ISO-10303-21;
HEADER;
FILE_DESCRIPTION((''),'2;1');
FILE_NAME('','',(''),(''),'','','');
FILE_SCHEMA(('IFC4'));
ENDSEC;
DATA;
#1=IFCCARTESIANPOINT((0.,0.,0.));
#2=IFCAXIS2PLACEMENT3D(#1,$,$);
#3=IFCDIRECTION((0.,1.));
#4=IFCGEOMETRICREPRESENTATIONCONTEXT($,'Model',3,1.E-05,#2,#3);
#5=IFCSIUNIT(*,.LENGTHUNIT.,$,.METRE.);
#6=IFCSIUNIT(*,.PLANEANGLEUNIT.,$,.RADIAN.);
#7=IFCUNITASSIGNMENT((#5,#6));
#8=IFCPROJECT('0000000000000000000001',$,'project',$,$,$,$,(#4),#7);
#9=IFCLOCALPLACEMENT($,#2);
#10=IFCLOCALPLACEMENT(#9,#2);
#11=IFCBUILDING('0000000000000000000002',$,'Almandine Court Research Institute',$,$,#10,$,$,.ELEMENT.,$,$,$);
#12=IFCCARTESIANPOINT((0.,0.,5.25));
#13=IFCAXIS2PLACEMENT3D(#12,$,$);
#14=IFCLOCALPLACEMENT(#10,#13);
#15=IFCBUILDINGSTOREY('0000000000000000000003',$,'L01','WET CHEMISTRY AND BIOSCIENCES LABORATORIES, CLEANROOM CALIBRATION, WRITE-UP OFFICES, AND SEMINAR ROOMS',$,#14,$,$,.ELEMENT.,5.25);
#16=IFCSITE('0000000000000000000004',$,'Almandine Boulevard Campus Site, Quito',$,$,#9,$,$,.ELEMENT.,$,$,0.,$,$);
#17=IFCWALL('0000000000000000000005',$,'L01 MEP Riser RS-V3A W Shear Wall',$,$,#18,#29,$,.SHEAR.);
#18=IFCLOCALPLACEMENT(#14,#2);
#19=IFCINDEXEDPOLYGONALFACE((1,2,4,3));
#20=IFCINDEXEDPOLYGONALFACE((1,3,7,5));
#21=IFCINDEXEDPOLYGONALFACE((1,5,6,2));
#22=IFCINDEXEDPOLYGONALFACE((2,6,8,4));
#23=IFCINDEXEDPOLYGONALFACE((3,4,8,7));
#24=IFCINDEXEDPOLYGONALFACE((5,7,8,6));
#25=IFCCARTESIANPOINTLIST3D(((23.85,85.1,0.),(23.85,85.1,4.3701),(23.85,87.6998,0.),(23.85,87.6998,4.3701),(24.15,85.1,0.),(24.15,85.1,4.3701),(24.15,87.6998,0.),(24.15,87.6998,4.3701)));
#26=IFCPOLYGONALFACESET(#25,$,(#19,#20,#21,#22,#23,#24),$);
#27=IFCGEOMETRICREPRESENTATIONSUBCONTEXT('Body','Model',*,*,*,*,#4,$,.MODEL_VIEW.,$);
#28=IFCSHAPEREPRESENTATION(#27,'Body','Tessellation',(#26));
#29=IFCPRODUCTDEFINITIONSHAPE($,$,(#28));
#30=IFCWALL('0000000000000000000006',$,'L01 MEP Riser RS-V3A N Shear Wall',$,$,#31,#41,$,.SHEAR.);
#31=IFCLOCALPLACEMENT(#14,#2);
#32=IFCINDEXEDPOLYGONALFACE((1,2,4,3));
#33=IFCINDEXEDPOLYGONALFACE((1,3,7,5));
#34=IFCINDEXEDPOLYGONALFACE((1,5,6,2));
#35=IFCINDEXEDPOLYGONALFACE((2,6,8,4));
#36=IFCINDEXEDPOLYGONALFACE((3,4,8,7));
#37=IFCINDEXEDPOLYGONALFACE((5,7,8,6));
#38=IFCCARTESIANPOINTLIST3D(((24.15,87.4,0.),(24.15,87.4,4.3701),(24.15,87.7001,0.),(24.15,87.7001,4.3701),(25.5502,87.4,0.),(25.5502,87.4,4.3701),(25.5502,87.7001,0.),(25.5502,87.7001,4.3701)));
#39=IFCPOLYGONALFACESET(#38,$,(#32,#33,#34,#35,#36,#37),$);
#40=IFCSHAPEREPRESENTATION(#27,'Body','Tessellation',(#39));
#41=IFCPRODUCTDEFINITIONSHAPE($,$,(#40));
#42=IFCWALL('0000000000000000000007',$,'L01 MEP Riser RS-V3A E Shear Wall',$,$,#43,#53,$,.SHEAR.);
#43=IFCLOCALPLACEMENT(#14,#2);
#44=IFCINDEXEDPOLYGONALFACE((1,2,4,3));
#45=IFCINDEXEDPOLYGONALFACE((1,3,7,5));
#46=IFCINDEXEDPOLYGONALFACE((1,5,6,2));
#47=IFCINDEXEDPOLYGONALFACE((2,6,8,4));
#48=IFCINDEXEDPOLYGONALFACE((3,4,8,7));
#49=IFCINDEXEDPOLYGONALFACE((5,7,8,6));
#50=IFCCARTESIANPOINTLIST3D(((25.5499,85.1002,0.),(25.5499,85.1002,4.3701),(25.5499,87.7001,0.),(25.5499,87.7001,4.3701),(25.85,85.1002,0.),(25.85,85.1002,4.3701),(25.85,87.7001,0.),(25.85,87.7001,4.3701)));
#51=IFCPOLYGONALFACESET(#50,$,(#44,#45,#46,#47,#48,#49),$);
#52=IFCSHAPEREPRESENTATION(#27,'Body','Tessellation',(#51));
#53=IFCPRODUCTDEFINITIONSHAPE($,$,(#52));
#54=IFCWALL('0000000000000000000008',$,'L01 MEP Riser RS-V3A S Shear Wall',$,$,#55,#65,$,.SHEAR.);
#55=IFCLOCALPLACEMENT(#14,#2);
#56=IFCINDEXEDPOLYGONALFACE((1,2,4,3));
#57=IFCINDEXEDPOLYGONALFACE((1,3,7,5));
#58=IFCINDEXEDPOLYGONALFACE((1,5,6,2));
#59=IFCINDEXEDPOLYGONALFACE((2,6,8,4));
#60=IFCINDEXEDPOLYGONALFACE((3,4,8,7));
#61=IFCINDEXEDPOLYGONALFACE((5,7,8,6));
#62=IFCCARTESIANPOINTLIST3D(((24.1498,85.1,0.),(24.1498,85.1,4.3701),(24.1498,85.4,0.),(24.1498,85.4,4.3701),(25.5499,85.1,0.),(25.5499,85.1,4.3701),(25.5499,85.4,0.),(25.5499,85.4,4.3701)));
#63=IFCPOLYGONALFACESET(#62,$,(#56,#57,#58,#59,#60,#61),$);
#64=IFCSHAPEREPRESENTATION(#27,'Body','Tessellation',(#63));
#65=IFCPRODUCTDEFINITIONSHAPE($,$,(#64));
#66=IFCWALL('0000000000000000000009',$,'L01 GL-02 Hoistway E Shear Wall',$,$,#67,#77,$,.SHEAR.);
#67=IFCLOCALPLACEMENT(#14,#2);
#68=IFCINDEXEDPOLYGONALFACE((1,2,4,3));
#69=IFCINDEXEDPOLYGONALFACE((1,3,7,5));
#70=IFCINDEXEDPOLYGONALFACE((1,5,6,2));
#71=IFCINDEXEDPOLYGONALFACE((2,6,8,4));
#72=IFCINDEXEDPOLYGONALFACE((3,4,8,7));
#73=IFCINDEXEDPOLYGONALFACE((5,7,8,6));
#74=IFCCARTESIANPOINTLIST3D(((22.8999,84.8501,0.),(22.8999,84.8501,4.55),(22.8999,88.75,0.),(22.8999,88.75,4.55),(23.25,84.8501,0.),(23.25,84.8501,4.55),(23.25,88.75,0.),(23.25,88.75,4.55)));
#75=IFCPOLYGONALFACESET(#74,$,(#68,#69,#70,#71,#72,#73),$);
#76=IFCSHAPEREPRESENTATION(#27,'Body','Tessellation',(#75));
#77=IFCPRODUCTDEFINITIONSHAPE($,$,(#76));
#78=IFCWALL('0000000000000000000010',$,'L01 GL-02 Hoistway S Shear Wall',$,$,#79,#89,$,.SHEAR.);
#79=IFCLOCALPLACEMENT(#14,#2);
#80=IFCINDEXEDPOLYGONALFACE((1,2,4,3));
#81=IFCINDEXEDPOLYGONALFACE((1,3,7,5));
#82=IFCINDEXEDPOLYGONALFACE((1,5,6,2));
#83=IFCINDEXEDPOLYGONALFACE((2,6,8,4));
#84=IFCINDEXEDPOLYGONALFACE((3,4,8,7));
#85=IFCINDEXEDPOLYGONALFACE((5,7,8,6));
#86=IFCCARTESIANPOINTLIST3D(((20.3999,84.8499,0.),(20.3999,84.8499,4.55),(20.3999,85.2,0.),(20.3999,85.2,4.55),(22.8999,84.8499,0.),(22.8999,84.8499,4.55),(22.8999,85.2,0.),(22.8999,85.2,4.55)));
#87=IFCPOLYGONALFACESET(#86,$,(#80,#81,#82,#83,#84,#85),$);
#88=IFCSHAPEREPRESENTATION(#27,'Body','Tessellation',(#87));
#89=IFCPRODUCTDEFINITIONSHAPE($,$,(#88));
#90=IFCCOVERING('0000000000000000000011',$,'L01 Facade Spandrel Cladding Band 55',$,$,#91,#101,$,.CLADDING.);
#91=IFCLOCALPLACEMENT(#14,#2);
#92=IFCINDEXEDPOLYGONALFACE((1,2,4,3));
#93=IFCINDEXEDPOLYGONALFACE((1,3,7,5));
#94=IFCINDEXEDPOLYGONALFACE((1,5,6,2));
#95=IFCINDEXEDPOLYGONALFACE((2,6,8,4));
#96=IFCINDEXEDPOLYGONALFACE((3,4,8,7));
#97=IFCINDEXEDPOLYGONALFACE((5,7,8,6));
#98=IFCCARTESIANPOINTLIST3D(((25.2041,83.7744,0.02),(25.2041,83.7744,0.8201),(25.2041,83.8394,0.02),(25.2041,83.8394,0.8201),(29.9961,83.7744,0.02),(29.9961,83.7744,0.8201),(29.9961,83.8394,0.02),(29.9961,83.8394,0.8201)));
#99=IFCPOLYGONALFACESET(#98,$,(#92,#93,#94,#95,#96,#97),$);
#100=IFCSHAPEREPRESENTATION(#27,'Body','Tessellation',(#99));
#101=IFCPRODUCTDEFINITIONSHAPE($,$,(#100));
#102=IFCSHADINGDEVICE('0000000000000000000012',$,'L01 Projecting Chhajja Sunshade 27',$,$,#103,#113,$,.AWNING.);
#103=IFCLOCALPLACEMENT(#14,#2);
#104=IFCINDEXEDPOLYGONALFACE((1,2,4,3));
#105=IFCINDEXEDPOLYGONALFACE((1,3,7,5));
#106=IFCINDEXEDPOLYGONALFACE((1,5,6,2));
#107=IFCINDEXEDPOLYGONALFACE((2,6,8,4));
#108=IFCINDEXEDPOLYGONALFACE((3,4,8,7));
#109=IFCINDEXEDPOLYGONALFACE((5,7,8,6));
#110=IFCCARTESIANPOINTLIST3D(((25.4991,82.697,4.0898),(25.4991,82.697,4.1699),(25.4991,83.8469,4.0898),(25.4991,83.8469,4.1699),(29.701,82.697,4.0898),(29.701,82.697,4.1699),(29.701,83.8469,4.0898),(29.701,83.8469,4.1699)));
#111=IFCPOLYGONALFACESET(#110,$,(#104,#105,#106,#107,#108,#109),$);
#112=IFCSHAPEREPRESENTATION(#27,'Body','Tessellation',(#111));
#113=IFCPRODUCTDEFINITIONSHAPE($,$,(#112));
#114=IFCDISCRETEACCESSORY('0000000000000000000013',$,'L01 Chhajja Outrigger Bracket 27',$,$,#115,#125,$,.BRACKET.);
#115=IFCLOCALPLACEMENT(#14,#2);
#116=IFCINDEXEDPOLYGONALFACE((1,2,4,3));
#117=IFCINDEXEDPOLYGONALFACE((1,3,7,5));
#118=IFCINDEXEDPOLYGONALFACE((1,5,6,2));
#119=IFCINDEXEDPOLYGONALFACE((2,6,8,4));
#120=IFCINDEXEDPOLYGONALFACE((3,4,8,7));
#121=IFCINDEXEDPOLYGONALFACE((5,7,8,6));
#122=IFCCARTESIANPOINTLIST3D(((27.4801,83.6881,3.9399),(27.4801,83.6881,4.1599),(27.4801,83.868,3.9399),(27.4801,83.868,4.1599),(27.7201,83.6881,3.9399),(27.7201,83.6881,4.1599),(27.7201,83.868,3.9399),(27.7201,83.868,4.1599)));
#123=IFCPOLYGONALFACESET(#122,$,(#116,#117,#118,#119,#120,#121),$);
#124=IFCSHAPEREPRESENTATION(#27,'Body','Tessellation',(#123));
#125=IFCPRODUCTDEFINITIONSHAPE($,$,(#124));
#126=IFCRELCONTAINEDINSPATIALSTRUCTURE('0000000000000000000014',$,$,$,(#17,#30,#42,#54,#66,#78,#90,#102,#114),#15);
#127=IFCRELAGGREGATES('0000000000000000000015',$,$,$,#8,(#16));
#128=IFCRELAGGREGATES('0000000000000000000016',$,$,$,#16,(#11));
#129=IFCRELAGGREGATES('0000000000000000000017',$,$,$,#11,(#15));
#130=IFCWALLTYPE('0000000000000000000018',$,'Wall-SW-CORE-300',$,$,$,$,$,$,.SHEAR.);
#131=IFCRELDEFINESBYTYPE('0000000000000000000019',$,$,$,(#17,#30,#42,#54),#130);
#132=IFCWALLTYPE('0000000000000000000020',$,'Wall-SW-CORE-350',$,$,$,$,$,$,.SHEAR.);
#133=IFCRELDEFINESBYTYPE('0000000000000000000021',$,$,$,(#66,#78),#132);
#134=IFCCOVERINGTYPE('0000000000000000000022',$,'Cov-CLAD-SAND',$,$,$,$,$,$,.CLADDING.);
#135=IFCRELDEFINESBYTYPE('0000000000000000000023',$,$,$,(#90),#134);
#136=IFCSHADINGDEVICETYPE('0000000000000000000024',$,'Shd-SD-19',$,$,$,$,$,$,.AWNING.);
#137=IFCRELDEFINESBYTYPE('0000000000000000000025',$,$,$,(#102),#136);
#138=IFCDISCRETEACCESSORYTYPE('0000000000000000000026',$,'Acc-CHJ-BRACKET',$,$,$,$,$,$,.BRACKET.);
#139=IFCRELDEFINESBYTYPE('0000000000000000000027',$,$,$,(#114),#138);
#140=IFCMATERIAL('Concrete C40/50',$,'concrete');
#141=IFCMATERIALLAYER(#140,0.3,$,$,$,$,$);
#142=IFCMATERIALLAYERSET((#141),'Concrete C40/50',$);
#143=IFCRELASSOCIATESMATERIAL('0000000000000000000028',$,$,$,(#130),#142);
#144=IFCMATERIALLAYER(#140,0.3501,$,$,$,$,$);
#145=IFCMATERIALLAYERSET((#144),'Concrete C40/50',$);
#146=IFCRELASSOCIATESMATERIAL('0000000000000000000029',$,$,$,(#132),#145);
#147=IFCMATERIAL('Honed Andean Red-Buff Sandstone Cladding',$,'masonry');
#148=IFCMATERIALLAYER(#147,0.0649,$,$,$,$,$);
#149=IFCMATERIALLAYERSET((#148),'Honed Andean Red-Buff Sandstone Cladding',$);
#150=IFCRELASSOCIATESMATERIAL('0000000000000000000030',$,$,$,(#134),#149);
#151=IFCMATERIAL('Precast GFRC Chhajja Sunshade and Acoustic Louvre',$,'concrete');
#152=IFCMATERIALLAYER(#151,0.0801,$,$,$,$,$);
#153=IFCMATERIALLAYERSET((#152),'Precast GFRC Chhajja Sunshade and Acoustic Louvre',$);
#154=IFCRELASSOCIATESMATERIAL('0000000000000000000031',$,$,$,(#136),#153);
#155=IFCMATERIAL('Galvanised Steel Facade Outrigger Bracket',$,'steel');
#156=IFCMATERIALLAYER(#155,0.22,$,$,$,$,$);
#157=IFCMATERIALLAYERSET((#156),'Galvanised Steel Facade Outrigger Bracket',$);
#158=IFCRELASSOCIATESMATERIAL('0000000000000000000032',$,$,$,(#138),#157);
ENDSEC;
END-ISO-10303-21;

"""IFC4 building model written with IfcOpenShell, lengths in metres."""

from ifc_helpers import new_model, si_unit, direction, frame, frame_2d, origin, origin_2d, place, context, subcontext, project, spatial, rectangle, extrude, material, layer, layer_set, type_object, element, save


model = new_model("IFC4")

# Units and contexts
model_context = context("Model", 3, precision=1e-05, world=origin(), true_north=direction((0.0, 1.0)))
body_context = subcontext(model_context, "Body", "Model", "MODEL_VIEW")
ifc_project = project(units=[si_unit("LENGTHUNIT", "METRE"), si_unit("PLANEANGLEUNIT", "RADIAN")], contexts=[model_context])

# Site, building, storey
site_placement = place(None, origin())
site = spatial("IfcSite", under=ifc_project, at=site_placement, Name="Almandine Boulevard Campus Site, Quito", CompositionType="ELEMENT", RefElevation=0.0)
building_placement = place(site_placement, origin())
building = spatial("IfcBuilding", under=site, at=building_placement, Name="Almandine Court Research Institute", CompositionType="ELEMENT")
storey_placement = place(building_placement, frame((0.0, 0.0, 5.25)))
storey = spatial("IfcBuildingStorey", under=building, at=storey_placement, Name="L01", Description="WET CHEMISTRY AND BIOSCIENCES LABORATORIES, CLEANROOM CALIBRATION, WRITE-UP OFFICES, AND SEMINAR ROOMS", CompositionType="ELEMENT", Elevation=5.25)

# Walls
ifc_material_1 = material(Name="Concrete C40/50", Category="concrete")
ifc_layer_1 = layer(ifc_material_1, 0.3)
ifc_layer_set_1 = layer_set([ifc_layer_1], Name="Concrete C40/50")
wall_type_1 = type_object("IfcWallType", Name="Wall-SW-CORE-300", PredefinedType="SHEAR", material=ifc_layer_set_1)
wall_1_placement = place(storey_placement, frame((24.0, 85.1001, 0.0), z_axis=(0.0, 0.0, 1.0), x_axis=(0.0, 1.0, 0.0)))
element("IfcWall", 1, at=wall_1_placement, inside=storey, type_object=wall_type_1, Name="L01 MEP Riser RS-V3A W Shear Wall", PredefinedType="SHEAR", context=body_context, shape_type="SweptSolid", body=[
    extrude(rectangle(XDim=2.5999, YDim=0.3, at=frame_2d((1.2998, 0.0))), origin(), (0.0, 0.0, 1.0), 4.3701),
])
wall_2_placement = place(storey_placement, frame((24.1499, 87.55, 0.0), z_axis=(0.0, 0.0, 1.0), x_axis=(1.0, 0.0, 0.0)))
element("IfcWall", 2, at=wall_2_placement, inside=storey, type_object=wall_type_1, Name="L01 MEP Riser RS-V3A N Shear Wall", PredefinedType="SHEAR", context=body_context, shape_type="SweptSolid", body=[
    extrude(rectangle(XDim=1.4001, YDim=0.3, at=frame_2d((0.7002, 0.0))), origin(), (0.0, 0.0, 1.0), 4.3701),
])
wall_3_placement = place(storey_placement, frame((25.7, 87.7, 0.0), z_axis=(0.0, 0.0, 1.0), x_axis=(0.0, -1.0, 0.0)))
element("IfcWall", 3, at=wall_3_placement, inside=storey, type_object=wall_type_1, Name="L01 MEP Riser RS-V3A E Shear Wall", PredefinedType="SHEAR", context=body_context, shape_type="SweptSolid", body=[
    extrude(rectangle(XDim=2.5999, YDim=0.3, at=frame_2d((1.2998, 0.0))), origin(), (0.0, 0.0, 1.0), 4.3701),
])
wall_4_placement = place(storey_placement, frame((25.55, 85.25, 0.0), z_axis=(0.0, 0.0, 1.0), x_axis=(-1.0, 0.0, 0.0)))
element("IfcWall", 4, at=wall_4_placement, inside=storey, type_object=wall_type_1, Name="L01 MEP Riser RS-V3A S Shear Wall", PredefinedType="SHEAR", context=body_context, shape_type="SweptSolid", body=[
    extrude(rectangle(XDim=1.4001, YDim=0.3, at=frame_2d((0.7002, 0.0))), origin(), (0.0, 0.0, 1.0), 4.3701),
])
ifc_layer_2 = layer(ifc_material_1, 0.3501)
ifc_layer_set_2 = layer_set([ifc_layer_2], Name="Concrete C40/50")
wall_type_2 = type_object("IfcWallType", Name="Wall-SW-CORE-350", PredefinedType="SHEAR", material=ifc_layer_set_2)
wall_5_placement = place(storey_placement, frame((23.075, 88.75, 0.0), z_axis=(0.0, 0.0, 1.0), x_axis=(0.0, -1.0, 0.0)))
element("IfcWall", 5, at=wall_5_placement, inside=storey, type_object=wall_type_2, Name="L01 GL-02 Hoistway E Shear Wall", PredefinedType="SHEAR", context=body_context, shape_type="SweptSolid", body=[
    extrude(rectangle(XDim=3.8999, YDim=0.3501, at=frame_2d((1.95, 0.0))), origin(), (0.0, 0.0, 1.0), 4.55),
])
wall_6_placement = place(storey_placement, frame((22.8999, 85.0249, 0.0), z_axis=(0.0, 0.0, 1.0), x_axis=(-1.0, 0.0, 0.0)))
element("IfcWall", 6, at=wall_6_placement, inside=storey, type_object=wall_type_2, Name="L01 GL-02 Hoistway S Shear Wall", PredefinedType="SHEAR", context=body_context, shape_type="SweptSolid", body=[
    extrude(rectangle(XDim=2.5, YDim=0.3501, at=frame_2d((1.25, 0.0))), origin(), (0.0, 0.0, 1.0), 4.55),
])

# Covering
ifc_material_2 = material(Name="Honed Andean Red-Buff Sandstone Cladding", Category="masonry")
ifc_layer_3 = layer(ifc_material_2, 0.0649)
ifc_layer_set_3 = layer_set([ifc_layer_3], Name="Honed Andean Red-Buff Sandstone Cladding")
covering_type = type_object("IfcCoveringType", Name="Cov-CLAD-SAND", PredefinedType="CLADDING", material=ifc_layer_set_3)
covering_placement = place(storey_placement, frame((27.6001, 83.8069, 0.02), z_axis=(0.0, 0.0, 1.0), x_axis=(-1.0, 0.0, 0.0)))
element("IfcCovering", 7, at=covering_placement, inside=storey, type_object=covering_type, Name="L01 Facade Spandrel Cladding Band 55", PredefinedType="CLADDING", context=body_context, shape_type="SweptSolid", body=[
    extrude(rectangle(XDim=4.792, YDim=0.0649, at=origin_2d()), origin(), (0.0, 0.0, 1.0), 0.8),
])

# Shading device
ifc_material_3 = material(Name="Precast GFRC Chhajja Sunshade and Acoustic Louvre", Category="concrete")
ifc_layer_4 = layer(ifc_material_3, 0.0801)
ifc_layer_set_4 = layer_set([ifc_layer_4], Name="Precast GFRC Chhajja Sunshade and Acoustic Louvre")
shading_device_type = type_object("IfcShadingDeviceType", Name="Shd-SD-19", PredefinedType="AWNING", material=ifc_layer_set_4)
shading_device_placement = place(storey_placement, frame((27.6001, 83.272, 4.0898), z_axis=(0.0, 0.0, 1.0), x_axis=(-1.0, 0.0, 0.0)))
element("IfcShadingDevice", 8, at=shading_device_placement, inside=storey, type_object=shading_device_type, Name="L01 Projecting Chhajja Sunshade 27", PredefinedType="AWNING", context=body_context, shape_type="SweptSolid", body=[
    extrude(rectangle(XDim=4.2019, YDim=1.1499, at=origin_2d()), origin(), (0.0, 0.0, 1.0), 0.0801),
])

# Discrete accessory
ifc_material_4 = material(Name="Galvanised Steel Facade Outrigger Bracket", Category="steel")
ifc_layer_5 = layer(ifc_material_4, 0.22)
ifc_layer_set_5 = layer_set([ifc_layer_5], Name="Galvanised Steel Facade Outrigger Bracket")
discrete_accessory_type = type_object("IfcDiscreteAccessoryType", Name="Acc-CHJ-BRACKET", PredefinedType="BRACKET", material=ifc_layer_set_5)
discrete_accessory_placement = place(storey_placement, frame((27.6001, 83.7781, 3.9399), z_axis=(0.0, 0.0, 1.0), x_axis=(-1.0, 0.0, 0.0)))
element("IfcDiscreteAccessory", 9, at=discrete_accessory_placement, inside=storey, type_object=discrete_accessory_type, Name="L01 Chhajja Outrigger Bracket 27", PredefinedType="BRACKET", context=body_context, shape_type="SweptSolid", body=[
    extrude(rectangle(XDim=0.24, YDim=0.1799, at=origin_2d()), origin(), (0.0, 0.0, 1.0), 0.22),
])

save(model, "model.ifc")
